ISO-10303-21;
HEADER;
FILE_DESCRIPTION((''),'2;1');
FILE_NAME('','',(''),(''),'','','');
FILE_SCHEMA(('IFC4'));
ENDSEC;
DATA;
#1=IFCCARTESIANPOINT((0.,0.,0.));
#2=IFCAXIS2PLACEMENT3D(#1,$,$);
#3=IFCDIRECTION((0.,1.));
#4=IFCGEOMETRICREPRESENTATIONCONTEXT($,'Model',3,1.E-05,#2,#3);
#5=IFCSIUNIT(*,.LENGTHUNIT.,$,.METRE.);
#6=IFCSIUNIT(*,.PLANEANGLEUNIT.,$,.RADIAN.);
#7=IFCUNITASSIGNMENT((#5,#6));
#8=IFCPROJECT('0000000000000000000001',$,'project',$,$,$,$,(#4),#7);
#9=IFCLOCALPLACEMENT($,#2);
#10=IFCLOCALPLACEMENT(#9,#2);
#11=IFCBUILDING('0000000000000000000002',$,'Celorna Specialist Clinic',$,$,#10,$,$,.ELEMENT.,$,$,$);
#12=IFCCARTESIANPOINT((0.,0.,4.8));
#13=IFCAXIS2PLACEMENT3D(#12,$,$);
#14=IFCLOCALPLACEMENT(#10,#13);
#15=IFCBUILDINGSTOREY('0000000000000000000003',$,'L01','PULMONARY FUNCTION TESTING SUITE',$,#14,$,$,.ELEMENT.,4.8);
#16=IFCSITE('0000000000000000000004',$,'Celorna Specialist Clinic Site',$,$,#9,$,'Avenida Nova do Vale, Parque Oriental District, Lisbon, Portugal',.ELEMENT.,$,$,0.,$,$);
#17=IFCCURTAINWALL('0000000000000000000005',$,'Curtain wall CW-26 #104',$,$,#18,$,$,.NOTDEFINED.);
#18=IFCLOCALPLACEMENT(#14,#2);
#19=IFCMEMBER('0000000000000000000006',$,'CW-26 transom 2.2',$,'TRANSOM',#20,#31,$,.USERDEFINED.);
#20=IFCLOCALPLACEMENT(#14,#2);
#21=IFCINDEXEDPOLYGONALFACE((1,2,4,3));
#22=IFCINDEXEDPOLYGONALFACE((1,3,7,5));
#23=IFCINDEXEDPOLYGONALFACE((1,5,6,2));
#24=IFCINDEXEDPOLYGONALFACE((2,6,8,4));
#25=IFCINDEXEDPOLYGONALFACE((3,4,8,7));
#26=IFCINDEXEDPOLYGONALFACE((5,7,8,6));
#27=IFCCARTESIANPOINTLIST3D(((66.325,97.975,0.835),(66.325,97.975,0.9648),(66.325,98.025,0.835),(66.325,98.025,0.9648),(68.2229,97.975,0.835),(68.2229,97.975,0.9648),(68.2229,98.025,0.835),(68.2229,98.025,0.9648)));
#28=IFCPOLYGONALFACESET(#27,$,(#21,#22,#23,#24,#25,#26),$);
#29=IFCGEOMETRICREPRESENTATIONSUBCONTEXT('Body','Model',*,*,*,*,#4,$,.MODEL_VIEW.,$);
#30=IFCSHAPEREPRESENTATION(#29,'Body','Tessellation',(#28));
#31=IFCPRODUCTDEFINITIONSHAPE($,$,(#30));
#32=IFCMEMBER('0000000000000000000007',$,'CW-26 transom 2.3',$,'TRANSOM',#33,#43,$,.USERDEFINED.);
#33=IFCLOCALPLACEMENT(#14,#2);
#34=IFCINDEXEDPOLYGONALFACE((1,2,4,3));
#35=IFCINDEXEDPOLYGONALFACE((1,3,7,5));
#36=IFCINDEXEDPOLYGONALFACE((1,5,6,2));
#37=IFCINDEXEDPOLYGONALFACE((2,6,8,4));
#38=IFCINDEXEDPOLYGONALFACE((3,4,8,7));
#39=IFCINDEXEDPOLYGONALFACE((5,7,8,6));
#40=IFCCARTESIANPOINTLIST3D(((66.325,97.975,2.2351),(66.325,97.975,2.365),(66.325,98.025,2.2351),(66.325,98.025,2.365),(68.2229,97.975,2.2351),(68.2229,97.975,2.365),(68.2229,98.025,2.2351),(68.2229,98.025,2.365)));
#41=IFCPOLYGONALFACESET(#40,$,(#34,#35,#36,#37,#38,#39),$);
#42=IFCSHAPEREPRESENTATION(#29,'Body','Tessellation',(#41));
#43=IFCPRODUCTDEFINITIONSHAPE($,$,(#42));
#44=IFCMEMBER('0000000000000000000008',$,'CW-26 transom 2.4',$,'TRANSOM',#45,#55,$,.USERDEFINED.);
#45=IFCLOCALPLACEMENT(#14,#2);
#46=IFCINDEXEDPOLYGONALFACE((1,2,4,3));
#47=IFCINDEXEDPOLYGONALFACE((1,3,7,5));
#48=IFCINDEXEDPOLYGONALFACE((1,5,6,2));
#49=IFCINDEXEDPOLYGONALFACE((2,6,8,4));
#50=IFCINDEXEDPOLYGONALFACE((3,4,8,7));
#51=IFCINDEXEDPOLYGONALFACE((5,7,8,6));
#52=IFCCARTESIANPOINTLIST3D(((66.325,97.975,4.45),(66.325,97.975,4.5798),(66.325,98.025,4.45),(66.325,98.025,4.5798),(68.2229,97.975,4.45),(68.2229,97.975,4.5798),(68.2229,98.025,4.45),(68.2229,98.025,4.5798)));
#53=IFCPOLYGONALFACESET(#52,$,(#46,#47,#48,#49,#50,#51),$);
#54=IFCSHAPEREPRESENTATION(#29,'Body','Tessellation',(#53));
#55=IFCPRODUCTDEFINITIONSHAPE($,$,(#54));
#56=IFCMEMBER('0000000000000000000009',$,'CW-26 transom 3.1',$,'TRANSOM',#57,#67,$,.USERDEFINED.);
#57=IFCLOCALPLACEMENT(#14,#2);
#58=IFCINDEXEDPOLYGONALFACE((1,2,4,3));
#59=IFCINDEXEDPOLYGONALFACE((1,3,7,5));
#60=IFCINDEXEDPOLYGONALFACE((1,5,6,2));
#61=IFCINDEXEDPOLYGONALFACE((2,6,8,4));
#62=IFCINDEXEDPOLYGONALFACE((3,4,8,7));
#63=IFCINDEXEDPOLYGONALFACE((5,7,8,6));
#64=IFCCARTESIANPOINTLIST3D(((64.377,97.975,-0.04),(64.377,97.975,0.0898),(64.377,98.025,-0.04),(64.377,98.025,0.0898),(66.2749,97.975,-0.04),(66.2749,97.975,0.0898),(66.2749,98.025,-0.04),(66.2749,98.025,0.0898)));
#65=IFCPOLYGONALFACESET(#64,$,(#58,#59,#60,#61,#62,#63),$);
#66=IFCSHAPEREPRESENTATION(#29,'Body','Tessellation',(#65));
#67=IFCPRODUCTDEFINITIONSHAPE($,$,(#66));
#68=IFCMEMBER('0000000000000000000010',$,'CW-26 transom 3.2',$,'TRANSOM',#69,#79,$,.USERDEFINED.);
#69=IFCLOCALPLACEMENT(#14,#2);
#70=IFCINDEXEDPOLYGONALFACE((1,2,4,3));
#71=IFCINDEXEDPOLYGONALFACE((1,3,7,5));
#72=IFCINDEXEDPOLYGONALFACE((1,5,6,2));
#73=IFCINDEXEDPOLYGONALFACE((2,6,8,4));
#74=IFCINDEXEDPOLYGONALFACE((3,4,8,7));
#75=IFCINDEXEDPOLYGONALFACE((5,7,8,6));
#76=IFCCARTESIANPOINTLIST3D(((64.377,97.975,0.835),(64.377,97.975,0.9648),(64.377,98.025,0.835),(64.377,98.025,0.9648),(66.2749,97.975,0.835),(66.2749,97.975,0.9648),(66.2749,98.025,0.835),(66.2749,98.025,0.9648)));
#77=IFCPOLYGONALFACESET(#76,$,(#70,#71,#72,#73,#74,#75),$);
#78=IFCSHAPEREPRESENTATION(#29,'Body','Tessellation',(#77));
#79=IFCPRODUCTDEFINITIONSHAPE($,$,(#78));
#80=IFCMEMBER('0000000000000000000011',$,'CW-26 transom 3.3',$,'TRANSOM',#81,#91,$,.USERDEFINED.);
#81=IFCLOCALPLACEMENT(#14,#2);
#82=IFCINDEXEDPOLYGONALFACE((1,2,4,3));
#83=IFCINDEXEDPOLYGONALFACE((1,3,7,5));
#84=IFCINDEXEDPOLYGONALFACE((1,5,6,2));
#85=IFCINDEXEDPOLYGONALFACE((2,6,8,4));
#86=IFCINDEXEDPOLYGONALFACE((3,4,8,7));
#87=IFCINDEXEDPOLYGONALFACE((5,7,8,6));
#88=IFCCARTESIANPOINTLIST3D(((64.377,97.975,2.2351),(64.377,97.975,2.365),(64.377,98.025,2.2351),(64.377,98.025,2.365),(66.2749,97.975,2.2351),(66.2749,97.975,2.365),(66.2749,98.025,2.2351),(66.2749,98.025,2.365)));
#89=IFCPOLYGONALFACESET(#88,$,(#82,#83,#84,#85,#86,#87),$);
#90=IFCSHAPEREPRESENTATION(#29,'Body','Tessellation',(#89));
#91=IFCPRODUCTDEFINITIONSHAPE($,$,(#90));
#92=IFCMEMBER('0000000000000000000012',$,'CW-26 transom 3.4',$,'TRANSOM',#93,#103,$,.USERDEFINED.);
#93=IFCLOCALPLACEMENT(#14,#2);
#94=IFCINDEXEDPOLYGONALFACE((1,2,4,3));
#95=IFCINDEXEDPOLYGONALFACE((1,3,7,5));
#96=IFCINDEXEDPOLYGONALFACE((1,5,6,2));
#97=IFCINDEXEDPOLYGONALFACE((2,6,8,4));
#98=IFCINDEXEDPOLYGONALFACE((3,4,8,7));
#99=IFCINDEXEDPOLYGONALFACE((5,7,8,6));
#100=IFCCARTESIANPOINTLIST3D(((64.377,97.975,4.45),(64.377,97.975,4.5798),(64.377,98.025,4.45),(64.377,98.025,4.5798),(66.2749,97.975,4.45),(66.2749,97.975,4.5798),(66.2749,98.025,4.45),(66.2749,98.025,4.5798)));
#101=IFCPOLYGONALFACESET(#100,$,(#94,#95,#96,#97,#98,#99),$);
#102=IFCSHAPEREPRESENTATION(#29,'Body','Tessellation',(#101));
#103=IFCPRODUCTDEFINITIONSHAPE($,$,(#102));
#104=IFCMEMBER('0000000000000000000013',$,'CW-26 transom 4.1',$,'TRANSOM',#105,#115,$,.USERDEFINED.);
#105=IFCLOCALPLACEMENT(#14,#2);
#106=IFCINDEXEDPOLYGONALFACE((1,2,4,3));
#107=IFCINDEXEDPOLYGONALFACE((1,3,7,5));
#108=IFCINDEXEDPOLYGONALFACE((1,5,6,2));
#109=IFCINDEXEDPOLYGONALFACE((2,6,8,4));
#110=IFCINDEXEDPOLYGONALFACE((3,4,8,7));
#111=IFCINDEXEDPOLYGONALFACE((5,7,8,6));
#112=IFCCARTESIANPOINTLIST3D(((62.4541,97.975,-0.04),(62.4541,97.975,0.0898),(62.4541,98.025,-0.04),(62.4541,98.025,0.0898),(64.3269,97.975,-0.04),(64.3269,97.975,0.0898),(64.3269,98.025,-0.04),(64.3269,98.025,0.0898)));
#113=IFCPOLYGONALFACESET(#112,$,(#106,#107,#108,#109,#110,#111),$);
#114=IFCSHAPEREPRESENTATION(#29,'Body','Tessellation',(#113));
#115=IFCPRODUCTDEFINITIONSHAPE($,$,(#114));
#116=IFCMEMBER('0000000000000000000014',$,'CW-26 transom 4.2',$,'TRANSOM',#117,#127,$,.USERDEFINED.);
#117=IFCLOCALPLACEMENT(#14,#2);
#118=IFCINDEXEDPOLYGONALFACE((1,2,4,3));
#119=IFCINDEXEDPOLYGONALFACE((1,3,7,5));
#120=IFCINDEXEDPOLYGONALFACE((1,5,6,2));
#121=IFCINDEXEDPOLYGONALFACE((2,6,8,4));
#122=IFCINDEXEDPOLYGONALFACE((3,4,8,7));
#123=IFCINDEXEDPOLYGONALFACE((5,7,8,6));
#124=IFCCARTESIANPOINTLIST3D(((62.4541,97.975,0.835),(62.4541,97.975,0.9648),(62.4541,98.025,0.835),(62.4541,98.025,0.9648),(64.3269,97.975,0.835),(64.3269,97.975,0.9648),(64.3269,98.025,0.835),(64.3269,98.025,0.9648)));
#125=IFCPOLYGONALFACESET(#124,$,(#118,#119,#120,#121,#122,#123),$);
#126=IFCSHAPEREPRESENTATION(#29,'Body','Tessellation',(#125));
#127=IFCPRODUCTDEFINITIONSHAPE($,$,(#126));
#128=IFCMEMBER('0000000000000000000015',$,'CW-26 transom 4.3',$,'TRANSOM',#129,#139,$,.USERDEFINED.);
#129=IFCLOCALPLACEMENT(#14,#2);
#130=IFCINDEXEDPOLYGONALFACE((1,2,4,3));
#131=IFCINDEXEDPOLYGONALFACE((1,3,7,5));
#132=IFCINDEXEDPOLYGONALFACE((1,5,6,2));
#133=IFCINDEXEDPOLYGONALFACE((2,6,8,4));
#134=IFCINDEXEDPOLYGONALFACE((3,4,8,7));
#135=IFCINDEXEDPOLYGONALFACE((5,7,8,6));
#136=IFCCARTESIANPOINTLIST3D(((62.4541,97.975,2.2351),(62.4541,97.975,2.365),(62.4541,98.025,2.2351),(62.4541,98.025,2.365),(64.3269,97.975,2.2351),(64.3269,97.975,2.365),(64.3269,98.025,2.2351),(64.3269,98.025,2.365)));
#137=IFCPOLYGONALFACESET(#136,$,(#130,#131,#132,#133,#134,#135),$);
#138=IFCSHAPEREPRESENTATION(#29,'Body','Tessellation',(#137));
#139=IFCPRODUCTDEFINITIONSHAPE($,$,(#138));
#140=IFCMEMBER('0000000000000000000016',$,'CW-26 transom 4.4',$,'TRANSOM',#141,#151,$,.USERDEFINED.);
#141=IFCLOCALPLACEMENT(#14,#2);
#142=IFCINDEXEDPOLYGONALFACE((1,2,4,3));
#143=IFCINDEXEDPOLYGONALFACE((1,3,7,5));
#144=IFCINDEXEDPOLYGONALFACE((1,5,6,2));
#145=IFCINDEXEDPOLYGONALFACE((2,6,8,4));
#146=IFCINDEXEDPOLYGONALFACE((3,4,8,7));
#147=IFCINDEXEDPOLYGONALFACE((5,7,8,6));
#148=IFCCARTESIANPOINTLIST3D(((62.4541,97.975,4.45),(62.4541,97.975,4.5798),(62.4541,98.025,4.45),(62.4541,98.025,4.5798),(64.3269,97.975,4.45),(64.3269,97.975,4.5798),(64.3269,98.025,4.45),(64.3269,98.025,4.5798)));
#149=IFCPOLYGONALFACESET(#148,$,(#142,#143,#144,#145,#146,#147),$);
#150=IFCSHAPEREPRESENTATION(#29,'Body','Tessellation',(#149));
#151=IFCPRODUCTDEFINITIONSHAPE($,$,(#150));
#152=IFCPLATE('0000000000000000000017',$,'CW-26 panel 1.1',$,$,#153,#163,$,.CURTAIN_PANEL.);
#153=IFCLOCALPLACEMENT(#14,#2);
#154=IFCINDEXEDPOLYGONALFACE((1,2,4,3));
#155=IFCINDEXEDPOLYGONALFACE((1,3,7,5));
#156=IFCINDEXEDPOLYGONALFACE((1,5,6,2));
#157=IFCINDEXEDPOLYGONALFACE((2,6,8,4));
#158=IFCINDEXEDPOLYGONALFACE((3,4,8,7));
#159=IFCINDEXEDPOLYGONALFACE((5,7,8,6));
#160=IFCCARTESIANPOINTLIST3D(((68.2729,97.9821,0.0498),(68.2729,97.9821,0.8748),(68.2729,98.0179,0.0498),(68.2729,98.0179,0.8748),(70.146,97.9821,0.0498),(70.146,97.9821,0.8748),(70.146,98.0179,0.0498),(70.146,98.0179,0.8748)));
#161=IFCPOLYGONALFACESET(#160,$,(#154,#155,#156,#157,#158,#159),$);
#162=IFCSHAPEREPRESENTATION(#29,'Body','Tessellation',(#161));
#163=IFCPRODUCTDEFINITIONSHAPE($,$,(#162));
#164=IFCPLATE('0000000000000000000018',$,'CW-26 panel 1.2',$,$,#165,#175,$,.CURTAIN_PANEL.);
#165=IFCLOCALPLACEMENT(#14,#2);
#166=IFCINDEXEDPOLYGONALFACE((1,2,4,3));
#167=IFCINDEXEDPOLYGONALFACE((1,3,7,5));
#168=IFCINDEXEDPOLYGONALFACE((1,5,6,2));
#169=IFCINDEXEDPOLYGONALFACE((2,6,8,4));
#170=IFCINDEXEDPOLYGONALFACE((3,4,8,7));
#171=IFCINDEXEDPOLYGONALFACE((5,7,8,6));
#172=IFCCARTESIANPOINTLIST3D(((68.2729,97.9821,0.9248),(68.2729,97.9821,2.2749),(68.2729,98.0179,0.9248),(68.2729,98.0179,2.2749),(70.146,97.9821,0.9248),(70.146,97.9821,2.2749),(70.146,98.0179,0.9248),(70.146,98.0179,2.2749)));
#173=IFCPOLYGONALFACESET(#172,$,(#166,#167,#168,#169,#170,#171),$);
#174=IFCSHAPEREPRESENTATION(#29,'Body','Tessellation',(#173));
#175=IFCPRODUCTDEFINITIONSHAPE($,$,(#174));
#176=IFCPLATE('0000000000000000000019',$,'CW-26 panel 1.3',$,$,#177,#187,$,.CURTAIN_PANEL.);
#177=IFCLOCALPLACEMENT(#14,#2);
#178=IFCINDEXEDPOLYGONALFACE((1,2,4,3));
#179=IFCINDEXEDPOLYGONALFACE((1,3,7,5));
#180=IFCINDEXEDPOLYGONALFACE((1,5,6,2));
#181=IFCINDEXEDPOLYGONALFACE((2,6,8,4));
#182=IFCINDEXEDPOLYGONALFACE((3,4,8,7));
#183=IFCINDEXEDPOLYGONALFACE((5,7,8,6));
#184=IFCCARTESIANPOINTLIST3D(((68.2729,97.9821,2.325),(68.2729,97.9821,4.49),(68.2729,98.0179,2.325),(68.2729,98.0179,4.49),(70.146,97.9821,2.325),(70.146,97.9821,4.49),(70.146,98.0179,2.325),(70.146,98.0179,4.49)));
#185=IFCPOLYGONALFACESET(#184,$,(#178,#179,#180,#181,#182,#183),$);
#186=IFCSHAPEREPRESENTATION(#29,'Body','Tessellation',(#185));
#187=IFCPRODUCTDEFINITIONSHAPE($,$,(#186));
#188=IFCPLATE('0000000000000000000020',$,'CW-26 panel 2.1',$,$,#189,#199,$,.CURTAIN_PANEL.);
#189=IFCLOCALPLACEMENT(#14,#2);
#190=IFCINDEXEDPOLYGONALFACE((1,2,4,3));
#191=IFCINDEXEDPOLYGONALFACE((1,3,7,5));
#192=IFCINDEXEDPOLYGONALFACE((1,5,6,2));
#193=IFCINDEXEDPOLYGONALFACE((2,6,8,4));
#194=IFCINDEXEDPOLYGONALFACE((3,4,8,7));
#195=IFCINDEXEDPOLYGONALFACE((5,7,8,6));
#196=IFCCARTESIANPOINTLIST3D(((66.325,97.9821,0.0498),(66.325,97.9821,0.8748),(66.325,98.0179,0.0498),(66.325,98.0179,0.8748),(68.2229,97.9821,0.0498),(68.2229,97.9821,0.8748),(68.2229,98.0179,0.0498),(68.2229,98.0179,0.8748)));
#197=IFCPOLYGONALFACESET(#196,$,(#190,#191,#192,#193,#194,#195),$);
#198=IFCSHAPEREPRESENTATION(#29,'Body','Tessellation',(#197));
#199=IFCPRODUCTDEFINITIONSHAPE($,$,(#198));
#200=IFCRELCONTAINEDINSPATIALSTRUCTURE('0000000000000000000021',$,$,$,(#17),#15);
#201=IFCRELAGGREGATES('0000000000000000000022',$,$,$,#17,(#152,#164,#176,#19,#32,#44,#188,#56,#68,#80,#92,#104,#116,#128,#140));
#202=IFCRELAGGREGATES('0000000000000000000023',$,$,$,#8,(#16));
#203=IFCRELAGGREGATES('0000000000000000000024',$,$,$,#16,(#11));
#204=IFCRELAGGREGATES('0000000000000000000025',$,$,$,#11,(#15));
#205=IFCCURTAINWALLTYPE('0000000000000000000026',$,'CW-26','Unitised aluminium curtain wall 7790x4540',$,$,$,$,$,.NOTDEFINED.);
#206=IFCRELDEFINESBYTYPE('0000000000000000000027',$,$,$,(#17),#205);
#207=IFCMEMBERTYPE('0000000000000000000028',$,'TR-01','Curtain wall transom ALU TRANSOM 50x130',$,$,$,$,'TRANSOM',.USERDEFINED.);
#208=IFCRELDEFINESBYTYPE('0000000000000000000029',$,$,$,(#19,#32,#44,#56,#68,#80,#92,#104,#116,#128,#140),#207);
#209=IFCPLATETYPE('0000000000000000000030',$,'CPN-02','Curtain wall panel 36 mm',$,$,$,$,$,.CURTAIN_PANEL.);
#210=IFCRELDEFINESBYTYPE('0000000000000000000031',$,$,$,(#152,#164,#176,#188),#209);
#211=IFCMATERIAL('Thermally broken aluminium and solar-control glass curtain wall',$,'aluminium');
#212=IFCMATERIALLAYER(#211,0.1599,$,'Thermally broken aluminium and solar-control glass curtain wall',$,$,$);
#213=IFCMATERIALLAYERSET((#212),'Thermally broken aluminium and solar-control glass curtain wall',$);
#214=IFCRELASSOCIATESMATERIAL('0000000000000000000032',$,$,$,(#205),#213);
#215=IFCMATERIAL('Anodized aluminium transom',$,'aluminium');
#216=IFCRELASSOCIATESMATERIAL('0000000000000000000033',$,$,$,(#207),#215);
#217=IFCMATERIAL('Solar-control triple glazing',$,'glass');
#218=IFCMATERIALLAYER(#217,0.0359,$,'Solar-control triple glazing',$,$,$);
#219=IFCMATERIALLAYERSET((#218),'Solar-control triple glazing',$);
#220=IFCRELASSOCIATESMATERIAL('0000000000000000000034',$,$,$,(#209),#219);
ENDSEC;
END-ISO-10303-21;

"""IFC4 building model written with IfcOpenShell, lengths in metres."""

from ifc_helpers import new_model, si_unit, direction, frame, origin, origin_2d, place, context, subcontext, project, spatial, rectangle, extrude, material, layer, layer_set, material_profile, profile_set, type_object, element, aggregate, save


model = new_model("IFC4")

# Units and contexts
model_context = context("Model", 3, precision=1e-05, world=origin(), true_north=direction((0.0, 1.0)))
body_context = subcontext(model_context, "Body", "Model", "MODEL_VIEW")
ifc_project = project(units=[si_unit("LENGTHUNIT", "METRE"), si_unit("PLANEANGLEUNIT", "RADIAN")], contexts=[model_context])

# Site, building, storey
site_placement = place(None, origin())
site = spatial("IfcSite", under=ifc_project, at=site_placement, Name="Celorna Specialist Clinic Site", LongName="Avenida Nova do Vale, Parque Oriental District, Lisbon, Portugal", CompositionType="ELEMENT", RefElevation=0.0)
building_placement = place(site_placement, origin())
building = spatial("IfcBuilding", under=site, at=building_placement, Name="Celorna Specialist Clinic", CompositionType="ELEMENT")
storey_placement = place(building_placement, frame((0.0, 0.0, 4.8)))
storey = spatial("IfcBuildingStorey", under=building, at=storey_placement, Name="L01", Description="PULMONARY FUNCTION TESTING SUITE", CompositionType="ELEMENT", Elevation=4.8)

# Curtain wall, members, plates
ifc_material_1 = material(Name="Thermally broken aluminium and solar-control glass curtain wall", Category="aluminium")
ifc_layer_1 = layer(ifc_material_1, 0.1599, Name="Thermally broken aluminium and solar-control glass curtain wall")
ifc_layer_set_1 = layer_set([ifc_layer_1], Name="Thermally broken aluminium and solar-control glass curtain wall")
curtain_wall_type = type_object("IfcCurtainWallType", Name="CW-26", Description="Unitised aluminium curtain wall 7790x4540", PredefinedType="NOTDEFINED", material=ifc_layer_set_1)
curtain_wall_placement = place(storey_placement, origin())
curtain_wall = element("IfcCurtainWall", 1, at=curtain_wall_placement, inside=storey, type_object=curtain_wall_type, Name="Curtain wall CW-26 #104", PredefinedType="NOTDEFINED")
ifc_material_2 = material(Name="Anodized aluminium transom", Category="aluminium")
ifc_material_profile_1 = material_profile(ifc_material_2, rectangle(XDim=0.05, YDim=0.1299, at=origin_2d()), Name="ALU TRANSOM 50x130")
ifc_profile_set_1 = profile_set([ifc_material_profile_1], Name="Anodized aluminium transom")
member_type_1 = type_object("IfcMemberType", Name="TR-01", Description="Curtain wall transom ALU TRANSOM 50x130", ElementType="TRANSOM", PredefinedType="USERDEFINED", material=ifc_profile_set_1)
member_1_placement = place(storey_placement, frame((68.2229, 98.0, 0.8999), z_axis=(-1.0, 0.0, 0.0), x_axis=(0.0, -1.0, 0.0)))
member_1 = element("IfcMember", 2, at=member_1_placement, type_object=member_type_1, Name="CW-26 transom 2.2", ObjectType="TRANSOM", PredefinedType="USERDEFINED", context=body_context, shape_type="SweptSolid", body=[
    extrude(rectangle(XDim=0.05, YDim=0.1299, at=origin_2d()), origin(), (0.0, 0.0, 1.0), 1.8979),
])
member_2_placement = place(storey_placement, frame((68.2229, 98.0, 2.3), z_axis=(-1.0, 0.0, 0.0), x_axis=(0.0, -1.0, 0.0)))
member_2 = element("IfcMember", 3, at=member_2_placement, type_object=member_type_1, Name="CW-26 transom 2.3", ObjectType="TRANSOM", PredefinedType="USERDEFINED", context=body_context, shape_type="SweptSolid", body=[
    extrude(rectangle(XDim=0.05, YDim=0.1299, at=origin_2d()), origin(), (0.0, 0.0, 1.0), 1.8979),
])
member_3_placement = place(storey_placement, frame((68.2229, 98.0, 4.5149), z_axis=(-1.0, 0.0, 0.0), x_axis=(0.0, -1.0, 0.0)))
member_3 = element("IfcMember", 4, at=member_3_placement, type_object=member_type_1, Name="CW-26 transom 2.4", ObjectType="TRANSOM", PredefinedType="USERDEFINED", context=body_context, shape_type="SweptSolid", body=[
    extrude(rectangle(XDim=0.05, YDim=0.1299, at=origin_2d()), origin(), (0.0, 0.0, 1.0), 1.8979),
])
member_4_placement = place(storey_placement, frame((66.2749, 98.0, 0.0249), z_axis=(-1.0, 0.0, 0.0), x_axis=(0.0, -1.0, 0.0)))
member_4 = element("IfcMember", 5, at=member_4_placement, type_object=member_type_1, Name="CW-26 transom 3.1", ObjectType="TRANSOM", PredefinedType="USERDEFINED", context=body_context, shape_type="SweptSolid", body=[
    extrude(rectangle(XDim=0.05, YDim=0.1299, at=origin_2d()), origin(), (0.0, 0.0, 1.0), 1.8979),
])
member_5_placement = place(storey_placement, frame((66.2749, 98.0, 0.8999), z_axis=(-1.0, 0.0, 0.0), x_axis=(0.0, -1.0, 0.0)))
member_5 = element("IfcMember", 6, at=member_5_placement, type_object=member_type_1, Name="CW-26 transom 3.2", ObjectType="TRANSOM", PredefinedType="USERDEFINED", context=body_context, shape_type="SweptSolid", body=[
    extrude(rectangle(XDim=0.05, YDim=0.1299, at=origin_2d()), origin(), (0.0, 0.0, 1.0), 1.8979),
])
member_6_placement = place(storey_placement, frame((66.2749, 98.0, 2.3), z_axis=(-1.0, 0.0, 0.0), x_axis=(0.0, -1.0, 0.0)))
member_6 = element("IfcMember", 7, at=member_6_placement, type_object=member_type_1, Name="CW-26 transom 3.3", ObjectType="TRANSOM", PredefinedType="USERDEFINED", context=body_context, shape_type="SweptSolid", body=[
    extrude(rectangle(XDim=0.05, YDim=0.1299, at=origin_2d()), origin(), (0.0, 0.0, 1.0), 1.8979),
])
member_7_placement = place(storey_placement, frame((66.2749, 98.0, 4.5149), z_axis=(-1.0, 0.0, 0.0), x_axis=(0.0, -1.0, 0.0)))
member_7 = element("IfcMember", 8, at=member_7_placement, type_object=member_type_1, Name="CW-26 transom 3.4", ObjectType="TRANSOM", PredefinedType="USERDEFINED", context=body_context, shape_type="SweptSolid", body=[
    extrude(rectangle(XDim=0.05, YDim=0.1299, at=origin_2d()), origin(), (0.0, 0.0, 1.0), 1.8979),
])
member_8_placement = place(storey_placement, frame((64.3269, 98.0, 0.0249), z_axis=(-1.0, 0.0, 0.0), x_axis=(0.0, -1.0, 0.0)))
member_8 = element("IfcMember", 9, at=member_8_placement, type_object=member_type_1, Name="CW-26 transom 4.1", ObjectType="TRANSOM", PredefinedType="USERDEFINED", context=body_context, shape_type="SweptSolid", body=[
    extrude(rectangle(XDim=0.05, YDim=0.1299, at=origin_2d()), origin(), (0.0, 0.0, 1.0), 1.8728),
])
member_9_placement = place(storey_placement, frame((64.3269, 98.0, 0.8999), z_axis=(-1.0, 0.0, 0.0), x_axis=(0.0, -1.0, 0.0)))
member_9 = element("IfcMember", 10, at=member_9_placement, type_object=member_type_1, Name="CW-26 transom 4.2", ObjectType="TRANSOM", PredefinedType="USERDEFINED", context=body_context, shape_type="SweptSolid", body=[
    extrude(rectangle(XDim=0.05, YDim=0.1299, at=origin_2d()), origin(), (0.0, 0.0, 1.0), 1.8728),
])
member_10_placement = place(storey_placement, frame((64.3269, 98.0, 2.3), z_axis=(-1.0, 0.0, 0.0), x_axis=(0.0, -1.0, 0.0)))
member_10 = element("IfcMember", 11, at=member_10_placement, type_object=member_type_1, Name="CW-26 transom 4.3", ObjectType="TRANSOM", PredefinedType="USERDEFINED", context=body_context, shape_type="SweptSolid", body=[
    extrude(rectangle(XDim=0.05, YDim=0.1299, at=origin_2d()), origin(), (0.0, 0.0, 1.0), 1.8728),
])
member_11_placement = place(storey_placement, frame((64.3269, 98.0, 4.5149), z_axis=(-1.0, 0.0, 0.0), x_axis=(0.0, -1.0, 0.0)))
member_11 = element("IfcMember", 12, at=member_11_placement, type_object=member_type_1, Name="CW-26 transom 4.4", ObjectType="TRANSOM", PredefinedType="USERDEFINED", context=body_context, shape_type="SweptSolid", body=[
    extrude(rectangle(XDim=0.05, YDim=0.1299, at=origin_2d()), origin(), (0.0, 0.0, 1.0), 1.8728),
])
ifc_material_3 = material(Name="Solar-control triple glazing", Category="glass")
ifc_layer_2 = layer(ifc_material_3, 0.0359, Name="Solar-control triple glazing")
ifc_layer_set_2 = layer_set([ifc_layer_2], Name="Solar-control triple glazing")
plate_type = type_object("IfcPlateType", Name="CPN-02", Description="Curtain wall panel 36 mm", PredefinedType="CURTAIN_PANEL", material=ifc_layer_set_2)
plate_1_placement = place(storey_placement, frame((69.2095, 98.0, 0.0498), z_axis=(0.0, 0.0, 1.0), x_axis=(-1.0, 0.0, 0.0)))
plate_1 = element("IfcPlate", 13, at=plate_1_placement, type_object=plate_type, Name="CW-26 panel 1.1", PredefinedType="CURTAIN_PANEL", context=body_context, shape_type="SweptSolid", body=[
    extrude(rectangle(XDim=1.873, YDim=0.0359, at=origin_2d()), origin(), (0.0, 0.0, 1.0), 0.825),
])
plate_2_placement = place(storey_placement, frame((69.2095, 98.0, 0.9248), z_axis=(0.0, 0.0, 1.0), x_axis=(-1.0, 0.0, 0.0)))
plate_2 = element("IfcPlate", 14, at=plate_2_placement, type_object=plate_type, Name="CW-26 panel 1.2", PredefinedType="CURTAIN_PANEL", context=body_context, shape_type="SweptSolid", body=[
    extrude(rectangle(XDim=1.873, YDim=0.0359, at=origin_2d()), origin(), (0.0, 0.0, 1.0), 1.3501),
])
plate_3_placement = place(storey_placement, frame((69.2095, 98.0, 2.325), z_axis=(0.0, 0.0, 1.0), x_axis=(-1.0, 0.0, 0.0)))
plate_3 = element("IfcPlate", 15, at=plate_3_placement, type_object=plate_type, Name="CW-26 panel 1.3", PredefinedType="CURTAIN_PANEL", context=body_context, shape_type="SweptSolid", body=[
    extrude(rectangle(XDim=1.873, YDim=0.0359, at=origin_2d()), origin(), (0.0, 0.0, 1.0), 2.165),
])
plate_4_placement = place(storey_placement, frame((67.2739, 98.0, 0.0498), z_axis=(0.0, 0.0, 1.0), x_axis=(-1.0, 0.0, 0.0)))
plate_4 = element("IfcPlate", 16, at=plate_4_placement, type_object=plate_type, Name="CW-26 panel 2.1", PredefinedType="CURTAIN_PANEL", context=body_context, shape_type="SweptSolid", body=[
    extrude(rectangle(XDim=1.8979, YDim=0.0359, at=origin_2d()), origin(), (0.0, 0.0, 1.0), 0.825),
])
aggregate(curtain_wall, [plate_1, plate_2, plate_3, member_1, member_2, member_3, plate_4, member_4, member_5, member_6, member_7, member_8, member_9, member_10, member_11])

save(model, "model.ifc")
